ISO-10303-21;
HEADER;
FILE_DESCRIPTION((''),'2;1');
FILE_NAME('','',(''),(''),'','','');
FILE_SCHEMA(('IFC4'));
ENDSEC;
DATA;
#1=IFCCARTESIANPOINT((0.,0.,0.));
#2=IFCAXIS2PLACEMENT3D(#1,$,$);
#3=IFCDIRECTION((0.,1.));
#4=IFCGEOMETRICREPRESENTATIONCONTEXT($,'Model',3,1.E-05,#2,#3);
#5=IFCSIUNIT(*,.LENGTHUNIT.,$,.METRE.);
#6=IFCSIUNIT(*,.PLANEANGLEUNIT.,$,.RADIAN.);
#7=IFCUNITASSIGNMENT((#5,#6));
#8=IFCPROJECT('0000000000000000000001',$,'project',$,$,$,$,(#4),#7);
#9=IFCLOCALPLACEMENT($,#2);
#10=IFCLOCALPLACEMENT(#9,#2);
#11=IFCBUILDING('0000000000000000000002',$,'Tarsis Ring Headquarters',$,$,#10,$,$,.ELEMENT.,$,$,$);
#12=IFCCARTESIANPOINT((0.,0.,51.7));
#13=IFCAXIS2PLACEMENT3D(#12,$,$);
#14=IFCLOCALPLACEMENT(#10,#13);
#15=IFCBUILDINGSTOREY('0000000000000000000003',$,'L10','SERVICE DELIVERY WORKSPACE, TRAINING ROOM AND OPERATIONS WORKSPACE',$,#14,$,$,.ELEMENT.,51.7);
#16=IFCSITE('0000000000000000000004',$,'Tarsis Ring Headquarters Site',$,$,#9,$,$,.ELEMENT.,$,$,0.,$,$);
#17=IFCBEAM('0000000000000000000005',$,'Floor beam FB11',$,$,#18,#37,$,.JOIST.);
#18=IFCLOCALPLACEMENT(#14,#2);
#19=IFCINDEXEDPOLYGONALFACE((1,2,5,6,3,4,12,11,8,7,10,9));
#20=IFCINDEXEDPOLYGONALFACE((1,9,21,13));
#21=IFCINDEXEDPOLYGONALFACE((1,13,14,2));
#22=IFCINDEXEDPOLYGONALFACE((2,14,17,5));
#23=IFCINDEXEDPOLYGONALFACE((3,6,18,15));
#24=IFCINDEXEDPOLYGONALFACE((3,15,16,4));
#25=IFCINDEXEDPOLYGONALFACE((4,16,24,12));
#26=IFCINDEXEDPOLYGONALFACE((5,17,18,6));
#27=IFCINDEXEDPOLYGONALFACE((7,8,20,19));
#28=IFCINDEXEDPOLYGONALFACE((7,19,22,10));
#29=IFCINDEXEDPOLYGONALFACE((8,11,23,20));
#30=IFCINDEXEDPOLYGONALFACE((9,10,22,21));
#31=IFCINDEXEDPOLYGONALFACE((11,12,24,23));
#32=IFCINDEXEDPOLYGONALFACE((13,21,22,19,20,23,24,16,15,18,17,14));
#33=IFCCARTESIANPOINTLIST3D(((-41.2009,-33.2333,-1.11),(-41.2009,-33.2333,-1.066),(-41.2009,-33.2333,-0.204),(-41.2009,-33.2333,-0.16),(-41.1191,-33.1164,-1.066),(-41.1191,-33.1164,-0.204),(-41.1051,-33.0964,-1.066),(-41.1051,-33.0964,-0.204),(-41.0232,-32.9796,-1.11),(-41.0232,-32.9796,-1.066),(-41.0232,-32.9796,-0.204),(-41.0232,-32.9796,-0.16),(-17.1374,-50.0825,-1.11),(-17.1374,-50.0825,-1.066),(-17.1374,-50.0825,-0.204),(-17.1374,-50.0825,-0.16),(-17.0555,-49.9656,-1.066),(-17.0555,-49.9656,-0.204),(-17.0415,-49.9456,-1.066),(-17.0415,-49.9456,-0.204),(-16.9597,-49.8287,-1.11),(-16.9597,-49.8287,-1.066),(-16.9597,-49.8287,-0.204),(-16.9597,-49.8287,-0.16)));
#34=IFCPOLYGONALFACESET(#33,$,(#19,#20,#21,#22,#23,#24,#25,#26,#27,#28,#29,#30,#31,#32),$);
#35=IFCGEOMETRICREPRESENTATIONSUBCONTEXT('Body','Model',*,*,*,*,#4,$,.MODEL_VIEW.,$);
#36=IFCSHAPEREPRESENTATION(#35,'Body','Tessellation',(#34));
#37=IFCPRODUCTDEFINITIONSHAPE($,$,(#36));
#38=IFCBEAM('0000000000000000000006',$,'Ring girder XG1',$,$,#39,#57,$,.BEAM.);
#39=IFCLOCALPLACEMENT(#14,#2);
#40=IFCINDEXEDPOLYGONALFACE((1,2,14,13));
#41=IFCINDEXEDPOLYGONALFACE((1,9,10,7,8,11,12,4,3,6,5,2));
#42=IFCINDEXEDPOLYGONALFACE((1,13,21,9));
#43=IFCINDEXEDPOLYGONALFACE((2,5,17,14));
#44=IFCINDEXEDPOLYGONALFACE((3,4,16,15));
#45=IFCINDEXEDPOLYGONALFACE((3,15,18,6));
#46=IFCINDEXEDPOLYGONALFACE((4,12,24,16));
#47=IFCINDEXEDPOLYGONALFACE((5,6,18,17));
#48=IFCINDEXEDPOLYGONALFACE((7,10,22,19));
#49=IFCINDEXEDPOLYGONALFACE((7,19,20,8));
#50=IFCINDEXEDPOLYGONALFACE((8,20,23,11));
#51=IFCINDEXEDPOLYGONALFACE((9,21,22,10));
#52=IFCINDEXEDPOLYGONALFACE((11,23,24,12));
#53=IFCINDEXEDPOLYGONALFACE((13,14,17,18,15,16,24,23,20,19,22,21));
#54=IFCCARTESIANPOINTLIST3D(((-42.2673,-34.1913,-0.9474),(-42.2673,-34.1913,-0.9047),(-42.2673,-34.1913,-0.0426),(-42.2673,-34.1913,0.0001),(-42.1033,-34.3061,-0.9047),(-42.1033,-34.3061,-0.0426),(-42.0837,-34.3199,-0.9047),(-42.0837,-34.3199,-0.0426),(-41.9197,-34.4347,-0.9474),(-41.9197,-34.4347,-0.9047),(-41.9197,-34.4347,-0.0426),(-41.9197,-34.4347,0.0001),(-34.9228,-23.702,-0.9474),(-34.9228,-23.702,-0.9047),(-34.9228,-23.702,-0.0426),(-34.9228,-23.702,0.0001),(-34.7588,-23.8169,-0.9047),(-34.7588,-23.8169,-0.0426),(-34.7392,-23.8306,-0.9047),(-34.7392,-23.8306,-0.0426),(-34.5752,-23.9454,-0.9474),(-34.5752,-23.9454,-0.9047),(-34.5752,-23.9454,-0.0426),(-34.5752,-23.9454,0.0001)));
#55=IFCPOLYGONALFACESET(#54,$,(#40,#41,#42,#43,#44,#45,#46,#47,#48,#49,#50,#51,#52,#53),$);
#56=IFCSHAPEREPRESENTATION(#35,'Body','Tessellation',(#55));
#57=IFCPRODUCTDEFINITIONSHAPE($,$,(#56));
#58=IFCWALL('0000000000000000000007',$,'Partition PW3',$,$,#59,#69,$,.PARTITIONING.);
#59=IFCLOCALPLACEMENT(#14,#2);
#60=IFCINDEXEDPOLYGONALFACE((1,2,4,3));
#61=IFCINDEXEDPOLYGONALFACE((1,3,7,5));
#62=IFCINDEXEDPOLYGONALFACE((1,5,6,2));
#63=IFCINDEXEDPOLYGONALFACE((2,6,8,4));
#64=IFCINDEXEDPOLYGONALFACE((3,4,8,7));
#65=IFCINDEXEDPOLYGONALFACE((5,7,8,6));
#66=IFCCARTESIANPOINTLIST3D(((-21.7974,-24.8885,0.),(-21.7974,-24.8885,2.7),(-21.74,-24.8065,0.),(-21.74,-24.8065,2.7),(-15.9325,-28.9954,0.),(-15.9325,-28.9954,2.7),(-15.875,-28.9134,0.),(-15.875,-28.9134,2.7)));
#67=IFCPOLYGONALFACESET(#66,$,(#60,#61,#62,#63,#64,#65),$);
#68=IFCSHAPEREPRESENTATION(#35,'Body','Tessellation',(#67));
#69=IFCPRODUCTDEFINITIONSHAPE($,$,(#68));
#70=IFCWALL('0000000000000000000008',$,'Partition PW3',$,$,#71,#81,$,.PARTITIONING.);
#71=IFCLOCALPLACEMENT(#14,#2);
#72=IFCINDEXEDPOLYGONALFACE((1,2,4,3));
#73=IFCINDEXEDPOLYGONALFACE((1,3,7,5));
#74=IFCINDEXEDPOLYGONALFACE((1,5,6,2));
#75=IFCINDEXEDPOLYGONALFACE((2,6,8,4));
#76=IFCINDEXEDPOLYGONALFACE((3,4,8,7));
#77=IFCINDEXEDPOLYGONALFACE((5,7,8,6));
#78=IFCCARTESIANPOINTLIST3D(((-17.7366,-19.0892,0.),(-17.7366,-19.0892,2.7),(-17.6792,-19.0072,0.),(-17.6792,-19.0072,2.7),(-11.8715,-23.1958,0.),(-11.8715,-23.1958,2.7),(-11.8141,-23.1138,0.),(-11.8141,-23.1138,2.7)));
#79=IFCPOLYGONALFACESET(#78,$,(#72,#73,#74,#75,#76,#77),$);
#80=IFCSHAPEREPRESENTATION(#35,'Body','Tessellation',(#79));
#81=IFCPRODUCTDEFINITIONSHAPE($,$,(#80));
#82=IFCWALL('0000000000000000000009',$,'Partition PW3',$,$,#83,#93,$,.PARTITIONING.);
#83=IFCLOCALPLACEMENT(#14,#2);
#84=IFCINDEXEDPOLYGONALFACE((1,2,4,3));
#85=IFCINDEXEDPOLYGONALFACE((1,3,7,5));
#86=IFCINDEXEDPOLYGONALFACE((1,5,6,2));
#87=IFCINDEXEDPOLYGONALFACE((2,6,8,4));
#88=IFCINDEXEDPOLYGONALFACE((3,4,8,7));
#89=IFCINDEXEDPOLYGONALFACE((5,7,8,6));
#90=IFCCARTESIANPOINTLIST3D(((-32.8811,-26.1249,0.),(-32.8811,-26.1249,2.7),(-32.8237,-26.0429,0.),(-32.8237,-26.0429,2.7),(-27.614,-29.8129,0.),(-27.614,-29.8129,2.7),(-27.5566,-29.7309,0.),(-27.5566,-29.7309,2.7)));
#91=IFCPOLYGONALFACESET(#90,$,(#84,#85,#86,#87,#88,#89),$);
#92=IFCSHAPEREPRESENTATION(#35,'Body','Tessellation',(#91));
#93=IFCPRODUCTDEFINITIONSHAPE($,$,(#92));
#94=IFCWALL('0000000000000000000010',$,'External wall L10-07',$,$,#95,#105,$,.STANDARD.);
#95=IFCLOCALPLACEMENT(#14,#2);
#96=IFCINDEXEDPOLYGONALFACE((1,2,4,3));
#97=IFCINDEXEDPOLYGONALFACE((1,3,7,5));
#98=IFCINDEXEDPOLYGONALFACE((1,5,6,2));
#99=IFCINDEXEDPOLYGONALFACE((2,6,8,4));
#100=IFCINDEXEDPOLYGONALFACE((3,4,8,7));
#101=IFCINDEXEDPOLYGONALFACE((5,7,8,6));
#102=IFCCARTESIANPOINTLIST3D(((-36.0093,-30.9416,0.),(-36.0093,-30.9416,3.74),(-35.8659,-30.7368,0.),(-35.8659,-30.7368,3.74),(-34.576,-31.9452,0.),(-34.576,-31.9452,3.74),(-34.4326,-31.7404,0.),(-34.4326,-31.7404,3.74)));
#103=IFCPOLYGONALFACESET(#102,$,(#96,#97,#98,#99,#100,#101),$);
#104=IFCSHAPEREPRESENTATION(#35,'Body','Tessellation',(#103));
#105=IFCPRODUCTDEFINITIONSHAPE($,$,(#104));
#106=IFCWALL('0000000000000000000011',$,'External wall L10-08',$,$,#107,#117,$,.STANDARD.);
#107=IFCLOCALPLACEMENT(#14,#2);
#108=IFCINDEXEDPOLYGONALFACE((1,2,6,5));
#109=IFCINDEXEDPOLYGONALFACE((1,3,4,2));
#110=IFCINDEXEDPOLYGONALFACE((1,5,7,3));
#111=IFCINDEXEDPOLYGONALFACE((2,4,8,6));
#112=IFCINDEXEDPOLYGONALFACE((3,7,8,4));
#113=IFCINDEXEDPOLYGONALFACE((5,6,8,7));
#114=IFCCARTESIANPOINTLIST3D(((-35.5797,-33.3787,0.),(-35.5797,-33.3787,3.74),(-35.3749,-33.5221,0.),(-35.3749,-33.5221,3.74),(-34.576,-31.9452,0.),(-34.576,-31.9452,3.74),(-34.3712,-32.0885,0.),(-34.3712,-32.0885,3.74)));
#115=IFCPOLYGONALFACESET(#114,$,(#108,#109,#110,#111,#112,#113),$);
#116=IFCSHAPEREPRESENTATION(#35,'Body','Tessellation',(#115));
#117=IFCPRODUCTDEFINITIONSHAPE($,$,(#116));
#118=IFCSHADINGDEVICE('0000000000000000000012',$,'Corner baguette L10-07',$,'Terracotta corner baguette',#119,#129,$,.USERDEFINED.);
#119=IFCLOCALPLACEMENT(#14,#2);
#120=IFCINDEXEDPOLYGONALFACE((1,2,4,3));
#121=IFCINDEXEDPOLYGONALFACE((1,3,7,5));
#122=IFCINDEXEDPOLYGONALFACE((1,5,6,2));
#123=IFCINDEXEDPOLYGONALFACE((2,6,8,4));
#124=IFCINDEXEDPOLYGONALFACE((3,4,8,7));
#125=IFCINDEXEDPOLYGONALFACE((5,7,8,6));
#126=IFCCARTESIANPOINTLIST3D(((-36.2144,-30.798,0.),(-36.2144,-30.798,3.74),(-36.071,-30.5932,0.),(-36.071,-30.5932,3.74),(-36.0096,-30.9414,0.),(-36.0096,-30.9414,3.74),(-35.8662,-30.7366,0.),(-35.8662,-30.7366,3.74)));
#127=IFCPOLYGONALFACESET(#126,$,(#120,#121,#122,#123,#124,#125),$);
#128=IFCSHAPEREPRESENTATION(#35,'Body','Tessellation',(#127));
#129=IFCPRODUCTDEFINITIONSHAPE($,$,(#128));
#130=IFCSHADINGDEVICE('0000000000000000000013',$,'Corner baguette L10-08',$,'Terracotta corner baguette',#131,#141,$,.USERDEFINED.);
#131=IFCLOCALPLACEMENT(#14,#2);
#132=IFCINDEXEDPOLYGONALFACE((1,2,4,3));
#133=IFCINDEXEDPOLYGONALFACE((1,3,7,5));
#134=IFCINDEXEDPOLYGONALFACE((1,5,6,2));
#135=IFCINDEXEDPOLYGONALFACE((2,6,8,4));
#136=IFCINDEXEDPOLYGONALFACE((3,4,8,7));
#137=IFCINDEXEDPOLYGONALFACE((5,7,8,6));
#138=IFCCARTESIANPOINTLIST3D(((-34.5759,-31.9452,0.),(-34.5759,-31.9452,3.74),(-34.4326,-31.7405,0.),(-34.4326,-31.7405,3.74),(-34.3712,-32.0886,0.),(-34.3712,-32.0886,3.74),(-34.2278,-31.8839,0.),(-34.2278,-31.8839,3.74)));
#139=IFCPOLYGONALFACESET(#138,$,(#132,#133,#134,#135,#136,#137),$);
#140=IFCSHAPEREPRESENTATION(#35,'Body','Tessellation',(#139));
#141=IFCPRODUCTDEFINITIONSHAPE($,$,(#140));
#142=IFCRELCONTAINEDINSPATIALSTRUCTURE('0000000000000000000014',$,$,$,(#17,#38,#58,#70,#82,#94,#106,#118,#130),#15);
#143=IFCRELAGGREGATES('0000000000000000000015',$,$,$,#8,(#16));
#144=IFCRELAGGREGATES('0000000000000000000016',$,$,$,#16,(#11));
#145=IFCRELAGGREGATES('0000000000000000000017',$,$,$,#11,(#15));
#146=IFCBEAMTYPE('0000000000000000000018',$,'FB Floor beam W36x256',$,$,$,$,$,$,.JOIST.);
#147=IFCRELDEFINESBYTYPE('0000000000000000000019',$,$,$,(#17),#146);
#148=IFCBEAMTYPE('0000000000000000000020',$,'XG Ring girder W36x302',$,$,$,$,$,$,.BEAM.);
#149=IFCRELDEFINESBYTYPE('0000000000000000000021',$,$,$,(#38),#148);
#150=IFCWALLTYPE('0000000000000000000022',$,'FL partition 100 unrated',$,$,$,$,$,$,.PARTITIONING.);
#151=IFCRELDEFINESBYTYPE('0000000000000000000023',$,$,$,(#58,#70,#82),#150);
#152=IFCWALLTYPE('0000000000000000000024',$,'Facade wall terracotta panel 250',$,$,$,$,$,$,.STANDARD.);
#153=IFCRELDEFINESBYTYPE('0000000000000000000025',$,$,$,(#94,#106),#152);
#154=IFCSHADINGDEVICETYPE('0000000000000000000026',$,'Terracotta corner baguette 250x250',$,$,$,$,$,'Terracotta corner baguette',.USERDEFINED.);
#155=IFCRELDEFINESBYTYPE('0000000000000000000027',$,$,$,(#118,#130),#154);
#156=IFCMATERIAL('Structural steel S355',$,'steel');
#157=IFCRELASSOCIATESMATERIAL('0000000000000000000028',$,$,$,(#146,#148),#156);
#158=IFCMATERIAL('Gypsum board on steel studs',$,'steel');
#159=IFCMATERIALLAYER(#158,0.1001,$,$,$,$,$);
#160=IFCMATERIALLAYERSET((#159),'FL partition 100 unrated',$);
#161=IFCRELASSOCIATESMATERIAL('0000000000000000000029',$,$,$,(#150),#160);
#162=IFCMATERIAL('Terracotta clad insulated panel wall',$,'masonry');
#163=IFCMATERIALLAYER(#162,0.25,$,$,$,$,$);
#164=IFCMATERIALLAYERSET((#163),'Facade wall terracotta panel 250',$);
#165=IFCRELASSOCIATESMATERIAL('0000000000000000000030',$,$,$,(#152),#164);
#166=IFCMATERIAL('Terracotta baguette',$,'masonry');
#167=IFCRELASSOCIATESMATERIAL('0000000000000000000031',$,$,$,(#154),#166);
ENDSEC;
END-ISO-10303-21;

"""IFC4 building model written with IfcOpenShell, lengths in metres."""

from ifc_helpers import new_model, si_unit, direction, frame, frame_2d, origin, origin_2d, place, context, subcontext, project, spatial, rectangle, i_section, extrude, material, layer, layer_set, material_profile, profile_set, type_object, element, save


model = new_model("IFC4")

# Units and contexts
model_context = context("Model", 3, precision=1e-05, world=origin(), true_north=direction((0.0, 1.0)))
body_context = subcontext(model_context, "Body", "Model", "MODEL_VIEW")
ifc_project = project(units=[si_unit("LENGTHUNIT", "METRE"), si_unit("PLANEANGLEUNIT", "RADIAN")], contexts=[model_context])

# Site, building, storey
site_placement = place(None, origin())
site = spatial("IfcSite", under=ifc_project, at=site_placement, Name="Tarsis Ring Headquarters Site", CompositionType="ELEMENT", RefElevation=0.0)
building_placement = place(site_placement, origin())
building = spatial("IfcBuilding", under=site, at=building_placement, Name="Tarsis Ring Headquarters", CompositionType="ELEMENT")
storey_placement = place(building_placement, frame((0.0, 0.0, 51.7)))
storey = spatial("IfcBuildingStorey", under=building, at=storey_placement, Name="L10", Description="SERVICE DELIVERY WORKSPACE, TRAINING ROOM AND OPERATIONS WORKSPACE", CompositionType="ELEMENT", Elevation=51.7)

# Beams
ifc_material_1 = material(Name="Structural steel S355", Category="steel")
ifc_material_profile_1 = material_profile(ifc_material_1, i_section(OverallWidth=0.3098, OverallDepth=0.95, WebThickness=0.0244, FlangeThickness=0.0439, at=origin_2d()), Name="W36x256")
ifc_profile_set_1 = profile_set([ifc_material_profile_1], Name="Structural steel S355")
beam_type_1 = type_object("IfcBeamType", Name="FB Floor beam W36x256", PredefinedType="JOIST", material=ifc_profile_set_1)
beam_1_placement = place(storey_placement, frame((-41.1121, -33.1064, -0.635), z_axis=(0.819157, -0.573569, 0.0), x_axis=(0.573569, 0.819157, 0.0)))
element("IfcBeam", 1, at=beam_1_placement, inside=storey, type_object=beam_type_1, Name="Floor beam FB11", PredefinedType="JOIST", context=body_context, shape_type="SweptSolid", body=[
    extrude(i_section(OverallWidth=0.3098, OverallDepth=0.95, WebThickness=0.0244, FlangeThickness=0.0439, at=origin_2d()), origin(), (0.0, 0.0, 1.0), 29.376),
])
ifc_material_profile_2 = material_profile(ifc_material_1, i_section(OverallWidth=0.4243, OverallDepth=0.9475, WebThickness=0.0239, FlangeThickness=0.0427, at=origin_2d()), Name="W36x302")
ifc_profile_set_2 = profile_set([ifc_material_profile_2], Name="Structural steel S355")
beam_type_2 = type_object("IfcBeamType", Name="XG Ring girder W36x302", PredefinedType="BEAM", material=ifc_profile_set_2)
beam_2_placement = place(storey_placement, frame((-34.749, -23.8237, -0.4736), z_axis=(-0.573567, -0.819158, 0.0), x_axis=(0.819158, -0.573567, 0.0)))
element("IfcBeam", 2, at=beam_2_placement, inside=storey, type_object=beam_type_2, Name="Ring girder XG1", PredefinedType="BEAM", context=body_context, shape_type="SweptSolid", body=[
    extrude(i_section(OverallWidth=0.4243, OverallDepth=0.9475, WebThickness=0.0239, FlangeThickness=0.0427, at=origin_2d()), origin(), (0.0, 0.0, 1.0), 12.8049),
])

# Walls
ifc_material_2 = material(Name="Gypsum board on steel studs", Category="steel")
ifc_layer_1 = layer(ifc_material_2, 0.1001)
ifc_layer_set_1 = layer_set([ifc_layer_1], Name="FL partition 100 unrated")
wall_type_1 = type_object("IfcWallType", Name="FL partition 100 unrated", PredefinedType="PARTITIONING", material=ifc_layer_set_1)
for number, where, z_axis, x_axis, name in (
    (3, (-21.7688, -24.8474, 0.0), (0.0, 0.0, 1.0), (0.819137, -0.573597, 0.0), "Partition PW3"),
    (4, (-17.708, -19.0481, 0.0), (0.0, 0.0, 1.0), (0.819165, -0.573558, 0.0), "Partition PW3"),
):
    element("IfcWall", number, at=place(storey_placement, frame(where, z_axis=z_axis, x_axis=x_axis)), inside=storey, type_object=wall_type_1, Name=name, PredefinedType="PARTITIONING", context=body_context, shape_type="SweptSolid", body=[
        extrude(rectangle(XDim=7.1599, YDim=0.1001, at=frame_2d((3.5801, 0.0))), origin(), (0.0, 0.0, 1.0), 2.7),
    ])
wall_1_placement = place(storey_placement, frame((-32.8523, -26.084, 0.0), z_axis=(0.0, 0.0, 1.0), x_axis=(0.819157, -0.573569, 0.0)))
element("IfcWall", 5, at=wall_1_placement, inside=storey, type_object=wall_type_1, Name="Partition PW3", PredefinedType="PARTITIONING", context=body_context, shape_type="SweptSolid", body=[
    extrude(rectangle(XDim=6.4299, YDim=0.1001, at=frame_2d((3.2148, 0.0))), origin(), (0.0, 0.0, 1.0), 2.7),
])
ifc_material_3 = material(Name="Terracotta clad insulated panel wall", Category="masonry")
ifc_layer_2 = layer(ifc_material_3, 0.25)
ifc_layer_set_2 = layer_set([ifc_layer_2], Name="Facade wall terracotta panel 250")
wall_type_2 = type_object("IfcWallType", Name="Facade wall terracotta panel 250", PredefinedType="STANDARD", material=ifc_layer_set_2)
wall_2_placement = place(storey_placement, frame((-35.9377, -30.8391, 0.0), z_axis=(0.0, 0.0, 1.0), x_axis=(0.819147, -0.573584, 0.0)))
element("IfcWall", 6, at=wall_2_placement, inside=storey, type_object=wall_type_2, Name="External wall L10-07", PredefinedType="STANDARD", context=body_context, shape_type="SweptSolid", body=[
    extrude(rectangle(XDim=1.7498, YDim=0.25, at=frame_2d((0.875, 0.0))), origin(), (0.0, 0.0, 1.0), 3.74),
])
wall_3_placement = place(storey_placement, frame((-34.4736, -32.0168, 0.0), z_axis=(0.0, 0.0, 1.0), x_axis=(-0.573519, -0.819193, 0.0)))
element("IfcWall", 7, at=wall_3_placement, inside=storey, type_object=wall_type_2, Name="External wall L10-08", PredefinedType="STANDARD", context=body_context, shape_type="SweptSolid", body=[
    extrude(rectangle(XDim=1.75, YDim=0.25, at=frame_2d((0.875, 0.0))), origin(), (0.0, 0.0, 1.0), 3.74),
])

# Shading devices
ifc_material_4 = material(Name="Terracotta baguette", Category="masonry")
shading_device_type_1 = type_object("IfcShadingDeviceType", Name="Terracotta corner baguette 250x250", ElementType="Terracotta corner baguette", PredefinedType="USERDEFINED", material=ifc_material_4)
for number, where, z_axis, x_axis, name in (
    (8, (-36.0403, -30.7673, 0.0), (0.0, 0.0, 1.0), (-0.573576, -0.819152, 0.0), "Corner baguette L10-07"),
    (9, (-34.4019, -31.9146, 0.0), (0.0, 0.0, 1.0), (0.819152, -0.573576, 0.0), "Corner baguette L10-08"),
):
    element("IfcShadingDevice", number, at=place(storey_placement, frame(where, z_axis=z_axis, x_axis=x_axis)), inside=storey, type_object=shading_device_type_1, Name=name, ObjectType="Terracotta corner baguette", PredefinedType="USERDEFINED", context=body_context, shape_type="SweptSolid", body=[
        extrude(rectangle(XDim=0.25, YDim=0.25, at=origin_2d()), origin(), (0.0, 0.0, 1.0), 3.74),
    ])

save(model, "model.ifc")
